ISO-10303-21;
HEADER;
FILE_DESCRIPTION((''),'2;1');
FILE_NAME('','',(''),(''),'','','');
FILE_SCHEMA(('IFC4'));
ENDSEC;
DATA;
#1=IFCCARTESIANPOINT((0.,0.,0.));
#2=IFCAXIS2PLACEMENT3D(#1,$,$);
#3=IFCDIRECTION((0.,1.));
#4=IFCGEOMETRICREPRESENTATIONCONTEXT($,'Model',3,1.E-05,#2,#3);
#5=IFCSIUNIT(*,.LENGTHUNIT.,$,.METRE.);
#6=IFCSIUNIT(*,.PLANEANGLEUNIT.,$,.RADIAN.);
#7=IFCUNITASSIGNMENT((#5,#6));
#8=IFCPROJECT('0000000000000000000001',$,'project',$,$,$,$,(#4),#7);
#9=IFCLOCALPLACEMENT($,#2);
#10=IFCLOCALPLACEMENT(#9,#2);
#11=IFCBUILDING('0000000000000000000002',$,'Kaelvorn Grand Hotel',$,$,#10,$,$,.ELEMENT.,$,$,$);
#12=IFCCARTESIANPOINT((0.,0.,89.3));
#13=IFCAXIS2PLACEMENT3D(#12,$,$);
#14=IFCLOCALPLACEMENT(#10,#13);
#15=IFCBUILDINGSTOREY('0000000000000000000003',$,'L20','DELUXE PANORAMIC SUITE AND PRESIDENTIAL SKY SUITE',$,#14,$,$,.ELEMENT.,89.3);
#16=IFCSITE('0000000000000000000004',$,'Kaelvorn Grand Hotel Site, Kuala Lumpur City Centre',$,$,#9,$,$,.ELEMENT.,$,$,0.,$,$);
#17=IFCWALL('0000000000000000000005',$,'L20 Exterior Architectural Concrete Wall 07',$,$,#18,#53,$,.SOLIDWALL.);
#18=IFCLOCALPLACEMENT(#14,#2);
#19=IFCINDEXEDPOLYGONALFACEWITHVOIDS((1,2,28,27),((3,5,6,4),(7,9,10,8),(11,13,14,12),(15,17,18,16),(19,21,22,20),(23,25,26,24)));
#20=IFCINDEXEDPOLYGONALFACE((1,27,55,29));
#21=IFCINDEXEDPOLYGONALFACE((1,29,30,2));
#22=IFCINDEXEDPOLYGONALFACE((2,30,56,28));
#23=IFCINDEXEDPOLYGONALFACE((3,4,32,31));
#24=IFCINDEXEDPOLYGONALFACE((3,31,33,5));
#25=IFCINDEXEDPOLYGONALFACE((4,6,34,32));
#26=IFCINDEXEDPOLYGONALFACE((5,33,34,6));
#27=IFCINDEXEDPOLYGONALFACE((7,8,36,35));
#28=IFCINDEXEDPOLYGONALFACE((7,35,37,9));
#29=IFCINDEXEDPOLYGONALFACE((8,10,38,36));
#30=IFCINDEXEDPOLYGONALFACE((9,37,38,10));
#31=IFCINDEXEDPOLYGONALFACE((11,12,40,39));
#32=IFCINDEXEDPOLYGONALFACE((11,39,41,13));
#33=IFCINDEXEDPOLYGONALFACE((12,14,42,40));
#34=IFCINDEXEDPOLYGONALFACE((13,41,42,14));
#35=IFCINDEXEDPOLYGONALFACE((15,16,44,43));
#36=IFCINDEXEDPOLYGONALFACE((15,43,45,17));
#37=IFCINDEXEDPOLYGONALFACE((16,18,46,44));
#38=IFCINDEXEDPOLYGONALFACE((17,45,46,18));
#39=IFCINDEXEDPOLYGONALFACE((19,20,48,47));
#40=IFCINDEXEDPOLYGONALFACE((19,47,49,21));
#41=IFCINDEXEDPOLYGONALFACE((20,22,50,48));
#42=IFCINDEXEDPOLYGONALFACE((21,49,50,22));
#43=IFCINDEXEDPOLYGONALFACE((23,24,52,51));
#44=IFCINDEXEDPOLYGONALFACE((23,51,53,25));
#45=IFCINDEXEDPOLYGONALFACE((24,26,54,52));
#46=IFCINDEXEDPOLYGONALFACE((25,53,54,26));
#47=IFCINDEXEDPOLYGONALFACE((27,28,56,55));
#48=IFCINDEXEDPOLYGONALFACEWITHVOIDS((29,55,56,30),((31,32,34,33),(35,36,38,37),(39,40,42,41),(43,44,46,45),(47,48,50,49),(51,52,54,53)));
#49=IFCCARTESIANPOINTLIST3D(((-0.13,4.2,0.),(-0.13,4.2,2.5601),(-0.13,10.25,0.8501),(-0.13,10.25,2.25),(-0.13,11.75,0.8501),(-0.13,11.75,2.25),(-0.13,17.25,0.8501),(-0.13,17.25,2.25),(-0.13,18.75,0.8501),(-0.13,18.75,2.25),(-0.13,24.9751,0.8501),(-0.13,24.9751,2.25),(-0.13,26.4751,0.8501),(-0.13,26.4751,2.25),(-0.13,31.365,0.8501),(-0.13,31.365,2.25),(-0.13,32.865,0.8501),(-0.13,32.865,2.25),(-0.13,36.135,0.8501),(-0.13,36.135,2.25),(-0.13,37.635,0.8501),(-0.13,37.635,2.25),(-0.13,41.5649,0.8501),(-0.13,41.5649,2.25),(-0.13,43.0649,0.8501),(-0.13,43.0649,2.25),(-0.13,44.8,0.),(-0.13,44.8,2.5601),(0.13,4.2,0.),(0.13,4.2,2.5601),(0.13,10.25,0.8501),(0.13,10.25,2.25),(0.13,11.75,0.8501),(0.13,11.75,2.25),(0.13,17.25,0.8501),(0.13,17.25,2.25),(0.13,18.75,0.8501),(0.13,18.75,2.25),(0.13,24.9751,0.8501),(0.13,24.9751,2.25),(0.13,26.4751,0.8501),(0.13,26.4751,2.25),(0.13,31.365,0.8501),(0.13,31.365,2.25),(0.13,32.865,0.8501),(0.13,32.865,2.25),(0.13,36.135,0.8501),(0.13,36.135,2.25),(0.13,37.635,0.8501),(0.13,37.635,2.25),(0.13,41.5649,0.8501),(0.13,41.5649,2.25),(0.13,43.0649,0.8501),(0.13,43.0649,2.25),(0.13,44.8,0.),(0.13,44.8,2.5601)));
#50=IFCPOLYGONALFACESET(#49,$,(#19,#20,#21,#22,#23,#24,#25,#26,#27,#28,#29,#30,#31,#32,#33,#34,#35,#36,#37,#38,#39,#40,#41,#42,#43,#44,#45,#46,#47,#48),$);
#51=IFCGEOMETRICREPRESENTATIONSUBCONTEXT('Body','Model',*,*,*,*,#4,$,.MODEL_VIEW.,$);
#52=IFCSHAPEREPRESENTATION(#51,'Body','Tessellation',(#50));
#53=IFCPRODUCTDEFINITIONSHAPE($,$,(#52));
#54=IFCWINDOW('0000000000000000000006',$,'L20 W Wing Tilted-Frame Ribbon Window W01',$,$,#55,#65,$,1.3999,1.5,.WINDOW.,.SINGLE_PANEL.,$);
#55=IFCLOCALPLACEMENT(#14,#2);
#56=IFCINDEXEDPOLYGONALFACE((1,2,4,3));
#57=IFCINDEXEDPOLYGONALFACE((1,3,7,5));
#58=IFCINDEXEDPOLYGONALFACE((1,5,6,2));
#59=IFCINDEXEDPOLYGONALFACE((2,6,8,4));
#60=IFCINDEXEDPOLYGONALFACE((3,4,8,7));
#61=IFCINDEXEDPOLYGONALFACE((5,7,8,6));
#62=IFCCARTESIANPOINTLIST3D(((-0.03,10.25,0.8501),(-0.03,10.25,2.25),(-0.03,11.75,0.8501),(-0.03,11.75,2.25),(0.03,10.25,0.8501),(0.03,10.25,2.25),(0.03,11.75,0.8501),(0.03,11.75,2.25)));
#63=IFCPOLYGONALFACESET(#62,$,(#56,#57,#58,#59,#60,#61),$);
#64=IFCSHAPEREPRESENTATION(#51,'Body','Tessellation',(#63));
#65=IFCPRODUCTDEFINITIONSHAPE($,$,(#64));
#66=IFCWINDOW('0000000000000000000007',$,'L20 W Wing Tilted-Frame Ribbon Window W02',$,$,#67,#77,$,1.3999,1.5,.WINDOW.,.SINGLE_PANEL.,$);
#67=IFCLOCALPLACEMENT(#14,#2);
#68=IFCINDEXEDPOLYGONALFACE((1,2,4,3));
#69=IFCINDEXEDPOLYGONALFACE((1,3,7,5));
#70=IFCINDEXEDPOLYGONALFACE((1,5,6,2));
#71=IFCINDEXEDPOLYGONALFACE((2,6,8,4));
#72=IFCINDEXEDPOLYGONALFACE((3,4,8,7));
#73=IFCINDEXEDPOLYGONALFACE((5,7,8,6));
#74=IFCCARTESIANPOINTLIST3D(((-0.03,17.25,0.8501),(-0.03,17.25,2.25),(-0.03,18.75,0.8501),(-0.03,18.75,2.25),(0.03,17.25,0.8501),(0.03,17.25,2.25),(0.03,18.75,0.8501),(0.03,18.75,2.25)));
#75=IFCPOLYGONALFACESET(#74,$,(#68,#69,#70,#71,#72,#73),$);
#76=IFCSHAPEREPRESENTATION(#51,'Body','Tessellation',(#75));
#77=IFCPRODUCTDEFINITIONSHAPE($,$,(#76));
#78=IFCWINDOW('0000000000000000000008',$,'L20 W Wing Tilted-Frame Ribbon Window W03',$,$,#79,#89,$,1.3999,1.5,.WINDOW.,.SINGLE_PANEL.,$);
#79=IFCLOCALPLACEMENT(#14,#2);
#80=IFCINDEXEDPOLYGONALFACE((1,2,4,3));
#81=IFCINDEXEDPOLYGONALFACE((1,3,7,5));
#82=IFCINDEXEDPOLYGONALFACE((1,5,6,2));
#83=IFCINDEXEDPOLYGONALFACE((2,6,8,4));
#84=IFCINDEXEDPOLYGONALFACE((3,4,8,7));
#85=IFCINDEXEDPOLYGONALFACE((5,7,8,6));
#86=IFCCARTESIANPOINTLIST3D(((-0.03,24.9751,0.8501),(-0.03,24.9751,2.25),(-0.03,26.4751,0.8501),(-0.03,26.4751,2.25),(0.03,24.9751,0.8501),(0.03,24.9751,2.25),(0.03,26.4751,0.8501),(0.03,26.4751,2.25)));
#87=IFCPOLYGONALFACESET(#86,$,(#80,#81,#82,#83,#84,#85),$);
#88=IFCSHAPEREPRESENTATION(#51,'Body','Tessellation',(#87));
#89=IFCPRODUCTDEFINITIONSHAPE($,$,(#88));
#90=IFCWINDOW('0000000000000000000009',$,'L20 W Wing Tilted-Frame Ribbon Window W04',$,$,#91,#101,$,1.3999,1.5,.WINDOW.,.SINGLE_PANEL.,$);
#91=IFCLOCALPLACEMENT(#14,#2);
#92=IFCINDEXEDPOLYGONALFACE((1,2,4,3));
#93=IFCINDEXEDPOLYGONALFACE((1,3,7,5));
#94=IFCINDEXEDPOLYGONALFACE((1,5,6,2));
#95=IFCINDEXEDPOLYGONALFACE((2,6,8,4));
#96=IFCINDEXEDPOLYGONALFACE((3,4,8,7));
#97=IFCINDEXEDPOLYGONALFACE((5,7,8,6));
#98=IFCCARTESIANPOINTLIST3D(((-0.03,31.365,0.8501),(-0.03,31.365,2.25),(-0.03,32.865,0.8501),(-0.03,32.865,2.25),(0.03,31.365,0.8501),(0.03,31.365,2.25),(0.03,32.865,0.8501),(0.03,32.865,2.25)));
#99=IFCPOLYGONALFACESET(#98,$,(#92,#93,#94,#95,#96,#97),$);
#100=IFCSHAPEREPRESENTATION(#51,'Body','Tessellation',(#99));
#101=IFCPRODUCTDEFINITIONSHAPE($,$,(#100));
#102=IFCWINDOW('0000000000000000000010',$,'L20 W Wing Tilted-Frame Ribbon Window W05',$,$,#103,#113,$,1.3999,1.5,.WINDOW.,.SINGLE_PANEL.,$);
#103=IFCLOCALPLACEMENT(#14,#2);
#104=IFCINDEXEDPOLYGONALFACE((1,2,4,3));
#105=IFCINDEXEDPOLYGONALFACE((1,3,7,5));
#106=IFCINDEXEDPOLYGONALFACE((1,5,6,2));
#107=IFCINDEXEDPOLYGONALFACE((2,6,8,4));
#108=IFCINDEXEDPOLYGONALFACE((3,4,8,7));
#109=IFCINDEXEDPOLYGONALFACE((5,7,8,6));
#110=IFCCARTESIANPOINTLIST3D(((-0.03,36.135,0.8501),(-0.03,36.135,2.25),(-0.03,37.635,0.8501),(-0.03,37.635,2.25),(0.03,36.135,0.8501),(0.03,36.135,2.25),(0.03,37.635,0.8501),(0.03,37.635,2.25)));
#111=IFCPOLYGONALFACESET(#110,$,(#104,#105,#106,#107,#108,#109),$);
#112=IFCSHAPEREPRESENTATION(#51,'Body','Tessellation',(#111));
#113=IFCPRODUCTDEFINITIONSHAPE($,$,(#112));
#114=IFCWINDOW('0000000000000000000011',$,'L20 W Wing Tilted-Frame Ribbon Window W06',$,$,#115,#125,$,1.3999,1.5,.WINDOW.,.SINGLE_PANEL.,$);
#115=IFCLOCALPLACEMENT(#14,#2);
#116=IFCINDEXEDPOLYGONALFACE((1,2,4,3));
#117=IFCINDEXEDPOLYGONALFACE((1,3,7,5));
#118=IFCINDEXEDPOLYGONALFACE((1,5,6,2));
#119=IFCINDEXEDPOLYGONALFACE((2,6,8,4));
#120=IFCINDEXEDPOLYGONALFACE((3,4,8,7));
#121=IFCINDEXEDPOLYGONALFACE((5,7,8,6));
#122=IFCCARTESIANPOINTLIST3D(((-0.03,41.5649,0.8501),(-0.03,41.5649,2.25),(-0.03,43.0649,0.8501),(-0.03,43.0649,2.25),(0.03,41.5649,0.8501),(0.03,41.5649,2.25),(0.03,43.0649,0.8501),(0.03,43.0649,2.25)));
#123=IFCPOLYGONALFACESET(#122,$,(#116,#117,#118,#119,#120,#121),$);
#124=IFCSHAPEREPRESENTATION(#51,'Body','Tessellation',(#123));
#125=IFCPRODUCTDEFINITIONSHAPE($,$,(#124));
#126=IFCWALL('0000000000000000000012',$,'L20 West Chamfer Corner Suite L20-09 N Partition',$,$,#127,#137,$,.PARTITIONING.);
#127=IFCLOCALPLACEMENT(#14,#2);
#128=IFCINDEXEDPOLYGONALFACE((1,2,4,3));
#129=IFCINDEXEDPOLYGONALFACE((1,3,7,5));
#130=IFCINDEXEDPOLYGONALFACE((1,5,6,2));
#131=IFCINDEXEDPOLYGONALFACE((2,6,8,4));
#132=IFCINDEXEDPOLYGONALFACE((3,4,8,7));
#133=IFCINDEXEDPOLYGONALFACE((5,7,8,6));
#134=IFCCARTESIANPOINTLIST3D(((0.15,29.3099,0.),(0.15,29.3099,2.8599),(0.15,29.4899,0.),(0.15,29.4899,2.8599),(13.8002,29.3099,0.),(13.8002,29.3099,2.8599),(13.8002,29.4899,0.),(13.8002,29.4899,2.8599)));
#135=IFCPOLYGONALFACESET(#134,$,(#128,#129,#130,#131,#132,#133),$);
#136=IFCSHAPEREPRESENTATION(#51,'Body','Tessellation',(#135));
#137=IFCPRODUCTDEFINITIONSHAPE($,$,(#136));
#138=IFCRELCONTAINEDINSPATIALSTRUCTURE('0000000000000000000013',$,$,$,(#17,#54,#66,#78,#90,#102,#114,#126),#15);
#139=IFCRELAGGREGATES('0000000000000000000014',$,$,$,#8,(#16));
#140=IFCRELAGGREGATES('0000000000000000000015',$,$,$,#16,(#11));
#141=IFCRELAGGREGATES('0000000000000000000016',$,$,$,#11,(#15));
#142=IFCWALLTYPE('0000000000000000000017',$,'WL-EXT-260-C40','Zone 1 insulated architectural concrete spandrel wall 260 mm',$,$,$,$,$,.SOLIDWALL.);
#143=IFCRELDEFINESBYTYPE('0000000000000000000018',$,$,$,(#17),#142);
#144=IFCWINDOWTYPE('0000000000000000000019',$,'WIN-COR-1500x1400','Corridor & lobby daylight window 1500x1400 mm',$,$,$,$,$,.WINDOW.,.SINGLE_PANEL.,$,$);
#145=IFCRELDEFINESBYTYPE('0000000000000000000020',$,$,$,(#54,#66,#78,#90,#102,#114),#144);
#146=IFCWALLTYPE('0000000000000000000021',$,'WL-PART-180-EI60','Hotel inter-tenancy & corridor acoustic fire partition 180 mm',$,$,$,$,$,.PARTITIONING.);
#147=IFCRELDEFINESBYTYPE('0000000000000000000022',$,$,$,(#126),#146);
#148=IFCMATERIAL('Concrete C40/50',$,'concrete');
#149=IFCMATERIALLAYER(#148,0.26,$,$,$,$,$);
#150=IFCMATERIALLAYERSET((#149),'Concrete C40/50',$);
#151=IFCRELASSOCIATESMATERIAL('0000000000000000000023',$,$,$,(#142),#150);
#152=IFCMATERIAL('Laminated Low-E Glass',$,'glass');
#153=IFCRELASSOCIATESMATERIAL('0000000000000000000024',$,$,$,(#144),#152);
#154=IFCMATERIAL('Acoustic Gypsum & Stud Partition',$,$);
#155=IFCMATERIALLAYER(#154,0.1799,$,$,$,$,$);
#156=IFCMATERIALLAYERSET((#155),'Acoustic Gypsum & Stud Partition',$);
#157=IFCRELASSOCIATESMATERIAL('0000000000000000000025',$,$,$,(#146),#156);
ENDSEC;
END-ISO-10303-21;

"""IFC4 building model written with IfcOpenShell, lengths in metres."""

from ifc_helpers import new_model, si_unit, direction, frame, frame_2d, origin, place, context, subcontext, project, spatial, rectangle, extrude, material, layer, layer_set, type_object, element, fill, save


model = new_model("IFC4")

# Units and contexts
model_context = context("Model", 3, precision=1e-05, world=origin(), true_north=direction((0.0, 1.0)))
body_context = subcontext(model_context, "Body", "Model", "MODEL_VIEW")
ifc_project = project(units=[si_unit("LENGTHUNIT", "METRE"), si_unit("PLANEANGLEUNIT", "RADIAN")], contexts=[model_context])

# Site, building, storey
site_placement = place(None, origin())
site = spatial("IfcSite", under=ifc_project, at=site_placement, Name="Kaelvorn Grand Hotel Site, Kuala Lumpur City Centre", CompositionType="ELEMENT", RefElevation=0.0)
building_placement = place(site_placement, origin())
building = spatial("IfcBuilding", under=site, at=building_placement, Name="Kaelvorn Grand Hotel", CompositionType="ELEMENT")
storey_placement = place(building_placement, frame((0.0, 0.0, 89.3)))
storey = spatial("IfcBuildingStorey", under=building, at=storey_placement, Name="L20", Description="DELUXE PANORAMIC SUITE AND PRESIDENTIAL SKY SUITE", CompositionType="ELEMENT", Elevation=89.3)

# Shared definitions
ifc_material_1 = material(Name="Concrete C40/50", Category="concrete")
ifc_layer_1 = layer(ifc_material_1, 0.26)
ifc_layer_set_1 = layer_set([ifc_layer_1], Name="Concrete C40/50")
wall_type_1 = type_object("IfcWallType", Name="WL-EXT-260-C40", Description="Zone 1 insulated architectural concrete spandrel wall 260 mm", PredefinedType="SOLIDWALL", material=ifc_layer_set_1)

# Wall, openings, windows
wall_1_placement = place(storey_placement, frame((0.0, 44.8, 0.0), z_axis=(0.0, 0.0, 1.0), x_axis=(0.0, -1.0, 0.0)))
wall_1 = element("IfcWall", 1, at=wall_1_placement, inside=storey, type_object=wall_type_1, Name="L20 Exterior Architectural Concrete Wall 07", PredefinedType="SOLIDWALL", context=body_context, shape_type="SweptSolid", body=[
    extrude(rectangle(XDim=40.6001, YDim=0.26, at=frame_2d((20.3, 0.0))), origin(), (0.0, 0.0, 1.0), 2.5601),
])
opening_1_placement = place(wall_1_placement, frame((33.05, 0.0, 0.8501)))
opening_1 = element("IfcOpeningElement", 2, at=opening_1_placement, cuts=wall_1, PredefinedType="OPENING", context=body_context, shape_type="SweptSolid", body=[
    extrude(rectangle(XDim=1.5, YDim=1.3999, at=frame_2d((0.75, 0.7))), frame((0.0, 0.1401, 0.0), z_axis=(0.0, -1.0, 0.0), x_axis=(1.0, 0.0, 0.0)), (0.0, 0.0, 1.0), 0.28),
])
opening_2_placement = place(wall_1_placement, frame((26.05, 0.0, 0.8501)))
opening_2 = element("IfcOpeningElement", 3, at=opening_2_placement, cuts=wall_1, PredefinedType="OPENING", context=body_context, shape_type="SweptSolid", body=[
    extrude(rectangle(XDim=1.5, YDim=1.3999, at=frame_2d((0.75, 0.7))), frame((0.0, 0.1401, 0.0), z_axis=(0.0, -1.0, 0.0), x_axis=(1.0, 0.0, 0.0)), (0.0, 0.0, 1.0), 0.28),
])
opening_3_placement = place(wall_1_placement, frame((18.325, 0.0, 0.8501)))
opening_3 = element("IfcOpeningElement", 4, at=opening_3_placement, cuts=wall_1, PredefinedType="OPENING", context=body_context, shape_type="SweptSolid", body=[
    extrude(rectangle(XDim=1.5, YDim=1.3999, at=frame_2d((0.75, 0.7))), frame((0.0, 0.1401, 0.0), z_axis=(0.0, -1.0, 0.0), x_axis=(1.0, 0.0, 0.0)), (0.0, 0.0, 1.0), 0.28),
])
opening_4_placement = place(wall_1_placement, frame((11.9351, 0.0, 0.8501)))
opening_4 = element("IfcOpeningElement", 5, at=opening_4_placement, cuts=wall_1, PredefinedType="OPENING", context=body_context, shape_type="SweptSolid", body=[
    extrude(rectangle(XDim=1.5, YDim=1.3999, at=frame_2d((0.75, 0.7))), frame((0.0, 0.1401, 0.0), z_axis=(0.0, -1.0, 0.0), x_axis=(1.0, 0.0, 0.0)), (0.0, 0.0, 1.0), 0.28),
])
opening_5_placement = place(wall_1_placement, frame((7.165, 0.0, 0.8501)))
opening_5 = element("IfcOpeningElement", 6, at=opening_5_placement, cuts=wall_1, PredefinedType="OPENING", context=body_context, shape_type="SweptSolid", body=[
    extrude(rectangle(XDim=1.5, YDim=1.3999, at=frame_2d((0.75, 0.7))), frame((0.0, 0.1401, 0.0), z_axis=(0.0, -1.0, 0.0), x_axis=(1.0, 0.0, 0.0)), (0.0, 0.0, 1.0), 0.28),
])
opening_6_placement = place(wall_1_placement, frame((1.7351, 0.0, 0.8501)))
opening_6 = element("IfcOpeningElement", 7, at=opening_6_placement, cuts=wall_1, PredefinedType="OPENING", context=body_context, shape_type="SweptSolid", body=[
    extrude(rectangle(XDim=1.5, YDim=1.3999, at=frame_2d((0.75, 0.7))), frame((0.0, 0.1401, 0.0), z_axis=(0.0, -1.0, 0.0), x_axis=(1.0, 0.0, 0.0)), (0.0, 0.0, 1.0), 0.28),
])
ifc_material_2 = material(Name="Laminated Low-E Glass", Category="glass")
window_type = type_object("IfcWindowType", Name="WIN-COR-1500x1400", Description="Corridor & lobby daylight window 1500x1400 mm", PartitioningType="SINGLE_PANEL", PredefinedType="WINDOW", material=ifc_material_2)
window_1_placement = place(opening_1_placement, origin())
window_1 = element("IfcWindow", 8, at=window_1_placement, inside=storey, type_object=window_type, Name="L20 W Wing Tilted-Frame Ribbon Window W01", OverallHeight=1.3999, OverallWidth=1.5, PartitioningType="SINGLE_PANEL", PredefinedType="WINDOW", context=body_context, shape_type="SweptSolid", body=[
    extrude(rectangle(XDim=1.5, YDim=1.3999, at=frame_2d((0.75, 0.7))), frame((0.0, 0.03, 0.0), z_axis=(0.0, -1.0, 0.0), x_axis=(1.0, 0.0, 0.0)), (0.0, 0.0, 1.0), 0.0601),
])
fill(opening_1, window_1)
window_2_placement = place(opening_2_placement, origin())
window_2 = element("IfcWindow", 9, at=window_2_placement, inside=storey, type_object=window_type, Name="L20 W Wing Tilted-Frame Ribbon Window W02", OverallHeight=1.3999, OverallWidth=1.5, PartitioningType="SINGLE_PANEL", PredefinedType="WINDOW", context=body_context, shape_type="SweptSolid", body=[
    extrude(rectangle(XDim=1.5, YDim=1.3999, at=frame_2d((0.75, 0.7))), frame((0.0, 0.03, 0.0), z_axis=(0.0, -1.0, 0.0), x_axis=(1.0, 0.0, 0.0)), (0.0, 0.0, 1.0), 0.0601),
])
fill(opening_2, window_2)
window_3_placement = place(opening_3_placement, origin())
window_3 = element("IfcWindow", 10, at=window_3_placement, inside=storey, type_object=window_type, Name="L20 W Wing Tilted-Frame Ribbon Window W03", OverallHeight=1.3999, OverallWidth=1.5, PartitioningType="SINGLE_PANEL", PredefinedType="WINDOW", context=body_context, shape_type="SweptSolid", body=[
    extrude(rectangle(XDim=1.5, YDim=1.3999, at=frame_2d((0.75, 0.7))), frame((0.0, 0.03, 0.0), z_axis=(0.0, -1.0, 0.0), x_axis=(1.0, 0.0, 0.0)), (0.0, 0.0, 1.0), 0.0601),
])
fill(opening_3, window_3)
window_4_placement = place(opening_4_placement, origin())
window_4 = element("IfcWindow", 11, at=window_4_placement, inside=storey, type_object=window_type, Name="L20 W Wing Tilted-Frame Ribbon Window W04", OverallHeight=1.3999, OverallWidth=1.5, PartitioningType="SINGLE_PANEL", PredefinedType="WINDOW", context=body_context, shape_type="SweptSolid", body=[
    extrude(rectangle(XDim=1.5, YDim=1.3999, at=frame_2d((0.75, 0.7))), frame((0.0, 0.03, 0.0), z_axis=(0.0, -1.0, 0.0), x_axis=(1.0, 0.0, 0.0)), (0.0, 0.0, 1.0), 0.0601),
])
fill(opening_4, window_4)
window_5_placement = place(opening_5_placement, origin())
window_5 = element("IfcWindow", 12, at=window_5_placement, inside=storey, type_object=window_type, Name="L20 W Wing Tilted-Frame Ribbon Window W05", OverallHeight=1.3999, OverallWidth=1.5, PartitioningType="SINGLE_PANEL", PredefinedType="WINDOW", context=body_context, shape_type="SweptSolid", body=[
    extrude(rectangle(XDim=1.5, YDim=1.3999, at=frame_2d((0.75, 0.7))), frame((0.0, 0.03, 0.0), z_axis=(0.0, -1.0, 0.0), x_axis=(1.0, 0.0, 0.0)), (0.0, 0.0, 1.0), 0.0601),
])
fill(opening_5, window_5)
window_6_placement = place(opening_6_placement, origin())
window_6 = element("IfcWindow", 13, at=window_6_placement, inside=storey, type_object=window_type, Name="L20 W Wing Tilted-Frame Ribbon Window W06", OverallHeight=1.3999, OverallWidth=1.5, PartitioningType="SINGLE_PANEL", PredefinedType="WINDOW", context=body_context, shape_type="SweptSolid", body=[
    extrude(rectangle(XDim=1.5, YDim=1.3999, at=frame_2d((0.75, 0.7))), frame((0.0, 0.03, 0.0), z_axis=(0.0, -1.0, 0.0), x_axis=(1.0, 0.0, 0.0)), (0.0, 0.0, 1.0), 0.0601),
])
fill(opening_6, window_6)

# Wall
ifc_material_3 = material(Name="Acoustic Gypsum & Stud Partition")
ifc_layer_2 = layer(ifc_material_3, 0.1799)
ifc_layer_set_2 = layer_set([ifc_layer_2], Name="Acoustic Gypsum & Stud Partition")
wall_type_2 = type_object("IfcWallType", Name="WL-PART-180-EI60", Description="Hotel inter-tenancy & corridor acoustic fire partition 180 mm", PredefinedType="PARTITIONING", material=ifc_layer_set_2)
wall_2_placement = place(storey_placement, frame((0.1499, 29.3999, 0.0), z_axis=(0.0, 0.0, 1.0), x_axis=(1.0, 0.0, 0.0)))
element("IfcWall", 14, at=wall_2_placement, inside=storey, type_object=wall_type_2, Name="L20 West Chamfer Corner Suite L20-09 N Partition", PredefinedType="PARTITIONING", context=body_context, shape_type="SweptSolid", body=[
    extrude(rectangle(XDim=13.6501, YDim=0.1799, at=frame_2d((6.8252, 0.0))), origin(), (0.0, 0.0, 1.0), 2.8599),
])

save(model, "model.ifc")
